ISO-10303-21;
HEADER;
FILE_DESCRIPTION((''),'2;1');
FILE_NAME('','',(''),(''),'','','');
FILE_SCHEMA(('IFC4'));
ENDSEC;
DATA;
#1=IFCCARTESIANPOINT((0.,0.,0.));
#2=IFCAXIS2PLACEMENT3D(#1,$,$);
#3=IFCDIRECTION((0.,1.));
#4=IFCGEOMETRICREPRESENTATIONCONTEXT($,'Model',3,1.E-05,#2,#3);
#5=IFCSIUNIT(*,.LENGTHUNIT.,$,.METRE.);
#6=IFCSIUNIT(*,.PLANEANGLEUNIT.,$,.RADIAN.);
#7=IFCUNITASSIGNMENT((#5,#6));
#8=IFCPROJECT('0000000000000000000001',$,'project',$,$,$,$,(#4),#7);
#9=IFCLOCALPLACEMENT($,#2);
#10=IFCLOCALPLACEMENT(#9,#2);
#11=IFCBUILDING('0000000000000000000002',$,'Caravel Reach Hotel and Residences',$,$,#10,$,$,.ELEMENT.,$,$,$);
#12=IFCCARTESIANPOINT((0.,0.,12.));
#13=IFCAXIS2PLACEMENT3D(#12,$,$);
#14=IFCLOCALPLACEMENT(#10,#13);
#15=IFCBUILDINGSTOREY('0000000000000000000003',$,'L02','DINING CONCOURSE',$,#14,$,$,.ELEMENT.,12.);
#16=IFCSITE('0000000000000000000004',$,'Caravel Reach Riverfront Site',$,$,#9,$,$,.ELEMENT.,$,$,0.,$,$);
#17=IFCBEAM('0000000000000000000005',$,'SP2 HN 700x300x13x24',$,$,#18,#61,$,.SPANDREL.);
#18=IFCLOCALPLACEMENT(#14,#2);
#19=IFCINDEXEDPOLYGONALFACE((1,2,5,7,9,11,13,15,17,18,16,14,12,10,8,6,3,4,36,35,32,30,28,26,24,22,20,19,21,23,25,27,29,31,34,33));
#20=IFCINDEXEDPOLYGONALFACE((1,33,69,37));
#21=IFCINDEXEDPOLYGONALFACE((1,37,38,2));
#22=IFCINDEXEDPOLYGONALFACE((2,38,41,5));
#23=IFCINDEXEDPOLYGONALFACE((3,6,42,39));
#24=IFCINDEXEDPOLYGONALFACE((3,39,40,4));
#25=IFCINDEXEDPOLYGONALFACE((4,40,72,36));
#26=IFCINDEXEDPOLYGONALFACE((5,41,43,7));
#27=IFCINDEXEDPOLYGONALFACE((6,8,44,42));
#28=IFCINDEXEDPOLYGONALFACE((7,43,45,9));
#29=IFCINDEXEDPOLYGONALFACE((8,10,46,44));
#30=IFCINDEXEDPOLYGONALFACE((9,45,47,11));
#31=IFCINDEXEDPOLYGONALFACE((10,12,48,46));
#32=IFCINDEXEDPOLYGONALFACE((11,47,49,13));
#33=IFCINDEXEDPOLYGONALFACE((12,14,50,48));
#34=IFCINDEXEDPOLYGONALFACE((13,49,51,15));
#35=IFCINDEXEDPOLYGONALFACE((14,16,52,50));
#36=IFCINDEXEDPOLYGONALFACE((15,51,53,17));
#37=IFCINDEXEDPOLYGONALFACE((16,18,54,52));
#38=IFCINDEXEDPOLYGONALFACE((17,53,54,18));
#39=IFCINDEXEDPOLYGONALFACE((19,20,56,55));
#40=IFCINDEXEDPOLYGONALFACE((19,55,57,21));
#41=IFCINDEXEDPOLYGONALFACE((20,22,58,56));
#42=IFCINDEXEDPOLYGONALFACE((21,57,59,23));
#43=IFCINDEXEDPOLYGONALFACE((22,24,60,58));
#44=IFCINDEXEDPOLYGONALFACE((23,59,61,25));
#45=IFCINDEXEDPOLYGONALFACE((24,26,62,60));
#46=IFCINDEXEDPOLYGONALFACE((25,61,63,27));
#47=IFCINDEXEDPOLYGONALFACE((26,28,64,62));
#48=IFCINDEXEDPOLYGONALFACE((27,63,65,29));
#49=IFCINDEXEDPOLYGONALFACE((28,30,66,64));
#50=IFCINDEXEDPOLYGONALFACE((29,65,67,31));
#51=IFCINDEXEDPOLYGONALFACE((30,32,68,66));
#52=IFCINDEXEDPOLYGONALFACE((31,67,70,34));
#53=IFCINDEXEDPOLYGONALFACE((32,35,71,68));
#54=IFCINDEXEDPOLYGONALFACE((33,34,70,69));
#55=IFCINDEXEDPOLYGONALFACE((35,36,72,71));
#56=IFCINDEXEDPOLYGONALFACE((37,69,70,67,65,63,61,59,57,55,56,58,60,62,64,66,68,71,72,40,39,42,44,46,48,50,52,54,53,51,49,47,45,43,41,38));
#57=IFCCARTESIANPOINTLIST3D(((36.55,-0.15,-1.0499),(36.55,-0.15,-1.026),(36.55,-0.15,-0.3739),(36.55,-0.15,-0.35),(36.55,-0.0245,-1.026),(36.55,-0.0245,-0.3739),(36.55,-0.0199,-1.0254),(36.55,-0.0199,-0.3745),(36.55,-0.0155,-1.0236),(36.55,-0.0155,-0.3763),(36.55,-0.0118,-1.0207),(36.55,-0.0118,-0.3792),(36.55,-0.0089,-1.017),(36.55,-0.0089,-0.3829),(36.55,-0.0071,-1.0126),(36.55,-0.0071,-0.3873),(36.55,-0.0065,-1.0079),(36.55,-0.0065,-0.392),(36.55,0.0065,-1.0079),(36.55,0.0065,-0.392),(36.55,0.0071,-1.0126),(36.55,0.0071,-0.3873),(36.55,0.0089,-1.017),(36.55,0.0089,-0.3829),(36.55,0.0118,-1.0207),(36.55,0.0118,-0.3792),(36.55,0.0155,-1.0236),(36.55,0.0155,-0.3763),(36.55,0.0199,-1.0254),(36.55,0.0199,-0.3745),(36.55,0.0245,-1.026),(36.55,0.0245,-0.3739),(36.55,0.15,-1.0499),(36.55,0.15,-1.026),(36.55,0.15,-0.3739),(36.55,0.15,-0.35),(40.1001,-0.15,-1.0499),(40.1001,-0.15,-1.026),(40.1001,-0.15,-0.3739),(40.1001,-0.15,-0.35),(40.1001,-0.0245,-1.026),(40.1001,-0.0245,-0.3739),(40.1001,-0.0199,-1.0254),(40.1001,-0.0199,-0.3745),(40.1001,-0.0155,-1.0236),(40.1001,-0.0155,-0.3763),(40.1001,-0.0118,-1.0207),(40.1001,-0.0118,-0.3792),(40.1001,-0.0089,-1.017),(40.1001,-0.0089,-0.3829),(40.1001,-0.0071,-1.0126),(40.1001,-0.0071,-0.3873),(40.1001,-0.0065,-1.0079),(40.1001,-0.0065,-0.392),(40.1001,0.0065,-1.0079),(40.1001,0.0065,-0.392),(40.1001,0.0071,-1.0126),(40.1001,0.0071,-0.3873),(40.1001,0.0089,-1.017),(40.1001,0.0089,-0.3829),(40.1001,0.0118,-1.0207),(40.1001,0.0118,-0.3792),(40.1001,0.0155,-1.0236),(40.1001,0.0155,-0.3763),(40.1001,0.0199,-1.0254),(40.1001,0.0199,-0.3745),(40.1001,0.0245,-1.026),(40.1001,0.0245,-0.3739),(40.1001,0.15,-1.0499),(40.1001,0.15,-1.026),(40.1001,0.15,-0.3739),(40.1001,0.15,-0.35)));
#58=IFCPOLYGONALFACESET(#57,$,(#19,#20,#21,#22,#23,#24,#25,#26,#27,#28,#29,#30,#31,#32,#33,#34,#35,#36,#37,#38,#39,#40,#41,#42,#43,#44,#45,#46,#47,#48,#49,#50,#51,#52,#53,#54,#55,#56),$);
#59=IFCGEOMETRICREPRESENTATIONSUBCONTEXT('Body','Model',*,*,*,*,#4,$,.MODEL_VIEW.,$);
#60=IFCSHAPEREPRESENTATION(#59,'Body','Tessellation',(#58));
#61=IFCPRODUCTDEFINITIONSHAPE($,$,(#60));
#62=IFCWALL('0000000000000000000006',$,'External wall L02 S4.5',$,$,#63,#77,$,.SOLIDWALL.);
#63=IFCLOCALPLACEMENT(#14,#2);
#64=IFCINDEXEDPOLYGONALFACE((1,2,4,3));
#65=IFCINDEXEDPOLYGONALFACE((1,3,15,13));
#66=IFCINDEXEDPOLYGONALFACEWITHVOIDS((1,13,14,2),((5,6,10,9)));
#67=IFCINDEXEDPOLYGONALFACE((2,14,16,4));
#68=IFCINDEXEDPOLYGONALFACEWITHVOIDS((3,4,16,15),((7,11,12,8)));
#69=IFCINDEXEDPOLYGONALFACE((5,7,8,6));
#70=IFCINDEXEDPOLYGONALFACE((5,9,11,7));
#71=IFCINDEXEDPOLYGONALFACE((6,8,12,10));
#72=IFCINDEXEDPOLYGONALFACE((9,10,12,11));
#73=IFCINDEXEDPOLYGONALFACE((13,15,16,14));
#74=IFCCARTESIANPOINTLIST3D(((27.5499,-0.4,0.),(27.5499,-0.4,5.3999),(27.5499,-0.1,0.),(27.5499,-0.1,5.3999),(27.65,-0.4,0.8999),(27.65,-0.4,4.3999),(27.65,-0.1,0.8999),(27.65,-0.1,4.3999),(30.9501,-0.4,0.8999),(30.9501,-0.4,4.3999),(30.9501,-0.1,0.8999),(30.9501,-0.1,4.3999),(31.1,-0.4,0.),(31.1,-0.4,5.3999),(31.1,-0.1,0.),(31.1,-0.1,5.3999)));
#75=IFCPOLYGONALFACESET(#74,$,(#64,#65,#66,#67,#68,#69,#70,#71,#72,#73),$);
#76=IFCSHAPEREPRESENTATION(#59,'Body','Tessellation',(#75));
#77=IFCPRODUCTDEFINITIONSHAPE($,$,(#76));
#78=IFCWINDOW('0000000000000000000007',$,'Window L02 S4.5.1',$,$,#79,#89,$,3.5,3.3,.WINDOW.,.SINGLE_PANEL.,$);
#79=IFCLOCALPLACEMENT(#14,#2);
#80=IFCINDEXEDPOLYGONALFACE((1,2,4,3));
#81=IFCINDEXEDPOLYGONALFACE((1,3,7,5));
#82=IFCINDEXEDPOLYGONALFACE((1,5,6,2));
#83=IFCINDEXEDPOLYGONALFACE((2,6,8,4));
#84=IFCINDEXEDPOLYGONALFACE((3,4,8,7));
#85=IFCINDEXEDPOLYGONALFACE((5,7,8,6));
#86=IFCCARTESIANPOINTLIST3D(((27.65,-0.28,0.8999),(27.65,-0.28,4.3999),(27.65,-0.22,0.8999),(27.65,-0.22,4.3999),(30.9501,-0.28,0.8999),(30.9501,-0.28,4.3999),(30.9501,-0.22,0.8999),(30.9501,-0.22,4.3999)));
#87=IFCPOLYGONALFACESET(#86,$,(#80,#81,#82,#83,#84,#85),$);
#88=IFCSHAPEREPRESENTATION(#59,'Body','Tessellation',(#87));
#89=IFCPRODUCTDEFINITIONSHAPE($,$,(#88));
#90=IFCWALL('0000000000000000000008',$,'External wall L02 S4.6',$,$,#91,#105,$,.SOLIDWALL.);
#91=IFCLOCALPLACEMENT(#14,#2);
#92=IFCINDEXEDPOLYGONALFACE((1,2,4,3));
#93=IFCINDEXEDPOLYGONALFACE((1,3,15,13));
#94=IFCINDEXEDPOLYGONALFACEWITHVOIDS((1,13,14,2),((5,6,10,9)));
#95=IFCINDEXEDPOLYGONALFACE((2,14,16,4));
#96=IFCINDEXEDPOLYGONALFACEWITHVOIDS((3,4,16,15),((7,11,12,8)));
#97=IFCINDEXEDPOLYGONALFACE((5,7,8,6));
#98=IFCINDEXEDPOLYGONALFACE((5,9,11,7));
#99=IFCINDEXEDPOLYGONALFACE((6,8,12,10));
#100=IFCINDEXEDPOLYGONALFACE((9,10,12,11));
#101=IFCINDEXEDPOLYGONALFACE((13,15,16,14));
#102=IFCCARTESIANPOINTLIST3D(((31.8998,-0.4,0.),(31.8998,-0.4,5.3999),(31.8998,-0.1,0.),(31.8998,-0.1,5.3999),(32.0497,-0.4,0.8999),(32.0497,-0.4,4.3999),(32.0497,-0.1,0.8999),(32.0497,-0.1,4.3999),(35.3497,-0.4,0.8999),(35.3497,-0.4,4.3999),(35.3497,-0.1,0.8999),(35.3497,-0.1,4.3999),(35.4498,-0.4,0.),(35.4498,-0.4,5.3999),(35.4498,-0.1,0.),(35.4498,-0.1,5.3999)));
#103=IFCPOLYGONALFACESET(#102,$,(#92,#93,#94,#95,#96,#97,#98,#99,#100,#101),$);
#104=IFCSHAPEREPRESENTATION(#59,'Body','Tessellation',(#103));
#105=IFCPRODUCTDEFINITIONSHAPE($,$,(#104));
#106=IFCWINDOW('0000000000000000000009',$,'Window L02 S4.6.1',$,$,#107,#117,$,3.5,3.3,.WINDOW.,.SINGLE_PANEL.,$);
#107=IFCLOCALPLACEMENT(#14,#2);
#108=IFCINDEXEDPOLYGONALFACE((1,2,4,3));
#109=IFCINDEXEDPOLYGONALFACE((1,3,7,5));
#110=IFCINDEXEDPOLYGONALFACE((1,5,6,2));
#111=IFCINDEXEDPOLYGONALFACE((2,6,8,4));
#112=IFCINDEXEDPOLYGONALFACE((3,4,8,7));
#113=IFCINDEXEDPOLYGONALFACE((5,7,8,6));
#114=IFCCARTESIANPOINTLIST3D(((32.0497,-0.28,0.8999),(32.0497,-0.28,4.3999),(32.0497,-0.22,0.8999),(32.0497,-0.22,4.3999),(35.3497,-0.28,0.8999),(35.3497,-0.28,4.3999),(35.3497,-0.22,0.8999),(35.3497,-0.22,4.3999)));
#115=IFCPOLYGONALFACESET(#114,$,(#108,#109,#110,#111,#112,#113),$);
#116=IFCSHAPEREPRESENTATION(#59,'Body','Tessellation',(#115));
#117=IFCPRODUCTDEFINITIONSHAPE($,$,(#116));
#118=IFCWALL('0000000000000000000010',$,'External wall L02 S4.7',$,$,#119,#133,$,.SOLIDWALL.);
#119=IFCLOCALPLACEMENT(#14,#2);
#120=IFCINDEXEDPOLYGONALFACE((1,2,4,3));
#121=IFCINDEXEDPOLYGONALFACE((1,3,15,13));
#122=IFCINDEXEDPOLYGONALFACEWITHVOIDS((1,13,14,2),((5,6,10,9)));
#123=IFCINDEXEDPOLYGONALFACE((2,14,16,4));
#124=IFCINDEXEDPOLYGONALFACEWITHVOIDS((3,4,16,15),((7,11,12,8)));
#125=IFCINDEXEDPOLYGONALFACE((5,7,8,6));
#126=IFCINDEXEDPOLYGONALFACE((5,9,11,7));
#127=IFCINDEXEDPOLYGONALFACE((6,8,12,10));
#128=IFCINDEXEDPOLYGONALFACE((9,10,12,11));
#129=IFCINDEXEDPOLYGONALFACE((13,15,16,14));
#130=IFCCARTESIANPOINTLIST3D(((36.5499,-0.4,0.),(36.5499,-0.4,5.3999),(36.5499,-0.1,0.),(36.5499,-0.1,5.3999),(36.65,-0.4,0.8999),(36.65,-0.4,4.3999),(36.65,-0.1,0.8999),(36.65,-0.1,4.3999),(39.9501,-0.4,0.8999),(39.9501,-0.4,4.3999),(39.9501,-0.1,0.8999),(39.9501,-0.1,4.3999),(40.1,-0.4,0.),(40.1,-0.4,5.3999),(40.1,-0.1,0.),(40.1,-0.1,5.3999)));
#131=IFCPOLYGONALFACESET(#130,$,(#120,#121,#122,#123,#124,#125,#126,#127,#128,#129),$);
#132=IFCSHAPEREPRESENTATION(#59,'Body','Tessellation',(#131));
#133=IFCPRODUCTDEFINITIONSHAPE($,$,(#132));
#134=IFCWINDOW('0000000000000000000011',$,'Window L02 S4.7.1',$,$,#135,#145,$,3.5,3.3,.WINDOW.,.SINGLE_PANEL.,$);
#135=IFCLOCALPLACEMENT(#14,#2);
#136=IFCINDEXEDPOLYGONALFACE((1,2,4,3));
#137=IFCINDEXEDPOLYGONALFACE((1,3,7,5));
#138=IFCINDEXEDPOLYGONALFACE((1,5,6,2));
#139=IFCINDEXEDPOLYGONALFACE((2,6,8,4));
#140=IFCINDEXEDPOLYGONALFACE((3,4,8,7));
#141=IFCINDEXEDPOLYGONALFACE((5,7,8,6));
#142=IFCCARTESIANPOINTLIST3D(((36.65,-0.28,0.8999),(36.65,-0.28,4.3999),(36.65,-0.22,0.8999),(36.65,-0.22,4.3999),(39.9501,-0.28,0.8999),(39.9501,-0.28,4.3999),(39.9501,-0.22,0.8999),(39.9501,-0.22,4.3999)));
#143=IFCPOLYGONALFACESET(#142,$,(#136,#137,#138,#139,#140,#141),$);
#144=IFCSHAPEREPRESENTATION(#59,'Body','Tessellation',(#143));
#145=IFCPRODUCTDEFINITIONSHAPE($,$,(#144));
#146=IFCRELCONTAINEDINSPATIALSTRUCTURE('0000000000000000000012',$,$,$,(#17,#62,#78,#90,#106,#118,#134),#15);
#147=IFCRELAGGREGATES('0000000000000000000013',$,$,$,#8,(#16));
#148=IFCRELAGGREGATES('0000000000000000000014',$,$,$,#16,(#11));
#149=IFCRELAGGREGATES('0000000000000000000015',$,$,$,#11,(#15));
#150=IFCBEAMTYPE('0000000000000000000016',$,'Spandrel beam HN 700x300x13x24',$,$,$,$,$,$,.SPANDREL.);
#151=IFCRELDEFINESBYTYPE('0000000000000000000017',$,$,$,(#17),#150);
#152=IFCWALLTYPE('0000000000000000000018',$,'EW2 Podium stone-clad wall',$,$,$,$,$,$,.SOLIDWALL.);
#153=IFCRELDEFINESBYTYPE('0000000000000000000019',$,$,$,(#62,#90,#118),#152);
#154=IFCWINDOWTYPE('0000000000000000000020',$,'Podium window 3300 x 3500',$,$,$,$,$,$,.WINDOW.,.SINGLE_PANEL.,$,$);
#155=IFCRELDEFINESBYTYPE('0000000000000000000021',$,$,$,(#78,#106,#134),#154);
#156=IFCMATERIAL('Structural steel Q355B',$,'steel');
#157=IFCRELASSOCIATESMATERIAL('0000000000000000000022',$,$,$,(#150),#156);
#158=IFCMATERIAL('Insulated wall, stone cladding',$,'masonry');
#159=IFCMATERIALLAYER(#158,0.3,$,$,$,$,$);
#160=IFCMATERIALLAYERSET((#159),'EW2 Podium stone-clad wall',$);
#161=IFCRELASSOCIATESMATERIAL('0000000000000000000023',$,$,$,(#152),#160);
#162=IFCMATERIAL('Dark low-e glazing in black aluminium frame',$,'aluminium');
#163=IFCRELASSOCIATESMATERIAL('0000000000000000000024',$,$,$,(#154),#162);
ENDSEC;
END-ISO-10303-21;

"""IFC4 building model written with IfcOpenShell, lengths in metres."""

from ifc_helpers import new_model, si_unit, direction, frame, frame_2d, origin, origin_2d, place, context, subcontext, project, spatial, rectangle, i_section, extrude, material, layer, layer_set, material_profile, profile_set, type_object, element, fill, save


model = new_model("IFC4")

# Units and contexts
model_context = context("Model", 3, precision=1e-05, world=origin(), true_north=direction((0.0, 1.0)))
body_context = subcontext(model_context, "Body", "Model", "MODEL_VIEW")
ifc_project = project(units=[si_unit("LENGTHUNIT", "METRE"), si_unit("PLANEANGLEUNIT", "RADIAN")], contexts=[model_context])

# Site, building, storey
site_placement = place(None, origin())
site = spatial("IfcSite", under=ifc_project, at=site_placement, Name="Caravel Reach Riverfront Site", CompositionType="ELEMENT", RefElevation=0.0)
building_placement = place(site_placement, origin())
building = spatial("IfcBuilding", under=site, at=building_placement, Name="Caravel Reach Hotel and Residences", CompositionType="ELEMENT")
storey_placement = place(building_placement, frame((0.0, 0.0, 12.0)))
storey = spatial("IfcBuildingStorey", under=building, at=storey_placement, Name="L02", Description="DINING CONCOURSE", CompositionType="ELEMENT", Elevation=12.0)

# Beam
ifc_material_1 = material(Name="Structural steel Q355B", Category="steel")
ifc_material_profile_1 = material_profile(ifc_material_1, i_section(OverallWidth=0.3, OverallDepth=0.7, WebThickness=0.0129, FlangeThickness=0.0239, FilletRadius=0.0181, at=origin_2d()), Name="HN 700x300x13x24")
ifc_profile_set_1 = profile_set([ifc_material_profile_1], Name="Structural steel Q355B")
beam_type = type_object("IfcBeamType", Name="Spandrel beam HN 700x300x13x24", PredefinedType="SPANDREL", material=ifc_profile_set_1)
for number, where, z_axis, x_axis, name in (
    (1, (36.55, 0.0, -0.7), (1.0, 0.0, 0.0), (0.0, 1.0, 0.0), "SP2 HN 700x300x13x24"),
):
    element("IfcBeam", number, at=place(storey_placement, frame(where, z_axis=z_axis, x_axis=x_axis)), inside=storey, type_object=beam_type, Name=name, PredefinedType="SPANDREL", context=body_context, shape_type="SweptSolid", body=[
        extrude(i_section(OverallWidth=0.3, OverallDepth=0.7, WebThickness=0.0129, FlangeThickness=0.0239, FilletRadius=0.0181, at=origin_2d()), origin(), (0.0, 0.0, 1.0), 3.55),
    ])

# Walls, openings, windows
ifc_material_2 = material(Name="Insulated wall, stone cladding", Category="masonry")
ifc_layer = layer(ifc_material_2, 0.3)
ifc_layer_set = layer_set([ifc_layer], Name="EW2 Podium stone-clad wall")
wall_type = type_object("IfcWallType", Name="EW2 Podium stone-clad wall", PredefinedType="SOLIDWALL", material=ifc_layer_set)
wall_1_placement = place(storey_placement, frame((27.55, -0.25, 0.0), z_axis=(0.0, 0.0, 1.0), x_axis=(1.0, 0.0, 0.0)))
wall_1 = element("IfcWall", 2, at=wall_1_placement, inside=storey, type_object=wall_type, Name="External wall L02 S4.5", PredefinedType="SOLIDWALL", context=body_context, shape_type="SweptSolid", body=[
    extrude(rectangle(XDim=3.55, YDim=0.3, at=frame_2d((1.7749, 0.0))), origin(), (0.0, 0.0, 1.0), 5.3999),
])
opening_1_placement = place(wall_1_placement, frame((0.1001, 0.0, 0.8999)))
opening_1 = element("IfcOpeningElement", 3, at=opening_1_placement, cuts=wall_1, PredefinedType="OPENING", context=body_context, shape_type="SweptSolid", body=[
    extrude(rectangle(XDim=3.3, YDim=3.5, at=frame_2d((1.6499, 1.75))), frame((0.0, 0.1599, 0.0), z_axis=(0.0, -1.0, 0.0), x_axis=(1.0, 0.0, 0.0)), (0.0, 0.0, 1.0), 0.3201),
])
ifc_material_3 = material(Name="Dark low-e glazing in black aluminium frame", Category="aluminium")
window_type = type_object("IfcWindowType", Name="Podium window 3300 x 3500", PartitioningType="SINGLE_PANEL", PredefinedType="WINDOW", material=ifc_material_3)
window_1_placement = place(opening_1_placement, origin())
window_1 = element("IfcWindow", 4, at=window_1_placement, inside=storey, type_object=window_type, Name="Window L02 S4.5.1", OverallHeight=3.5, OverallWidth=3.3, PartitioningType="SINGLE_PANEL", PredefinedType="WINDOW", context=body_context, shape_type="SweptSolid", body=[
    extrude(rectangle(XDim=3.3, YDim=3.5, at=frame_2d((1.6499, 1.75))), frame((0.0, 0.03, 0.0), z_axis=(0.0, -1.0, 0.0), x_axis=(1.0, 0.0, 0.0)), (0.0, 0.0, 1.0), 0.0601),
])
fill(opening_1, window_1)
wall_2_placement = place(storey_placement, frame((31.8999, -0.25, 0.0), z_axis=(0.0, 0.0, 1.0), x_axis=(1.0, 0.0, 0.0)))
wall_2 = element("IfcWall", 5, at=wall_2_placement, inside=storey, type_object=wall_type, Name="External wall L02 S4.6", PredefinedType="SOLIDWALL", context=body_context, shape_type="SweptSolid", body=[
    extrude(rectangle(XDim=3.55, YDim=0.3, at=frame_2d((1.7749, 0.0))), origin(), (0.0, 0.0, 1.0), 5.3999),
])
opening_2_placement = place(wall_2_placement, frame((0.1499, 0.0, 0.8999)))
opening_2 = element("IfcOpeningElement", 6, at=opening_2_placement, cuts=wall_2, PredefinedType="OPENING", context=body_context, shape_type="SweptSolid", body=[
    extrude(rectangle(XDim=3.3, YDim=3.5, at=frame_2d((1.6499, 1.75))), frame((0.0, 0.1599, 0.0), z_axis=(0.0, -1.0, 0.0), x_axis=(1.0, 0.0, 0.0)), (0.0, 0.0, 1.0), 0.3201),
])
window_2_placement = place(opening_2_placement, origin())
window_2 = element("IfcWindow", 7, at=window_2_placement, inside=storey, type_object=window_type, Name="Window L02 S4.6.1", OverallHeight=3.5, OverallWidth=3.3, PartitioningType="SINGLE_PANEL", PredefinedType="WINDOW", context=body_context, shape_type="SweptSolid", body=[
    extrude(rectangle(XDim=3.3, YDim=3.5, at=frame_2d((1.6499, 1.75))), frame((0.0, 0.03, 0.0), z_axis=(0.0, -1.0, 0.0), x_axis=(1.0, 0.0, 0.0)), (0.0, 0.0, 1.0), 0.0601),
])
fill(opening_2, window_2)
wall_3_placement = place(storey_placement, frame((36.55, -0.25, 0.0), z_axis=(0.0, 0.0, 1.0), x_axis=(1.0, 0.0, 0.0)))
wall_3 = element("IfcWall", 8, at=wall_3_placement, inside=storey, type_object=wall_type, Name="External wall L02 S4.7", PredefinedType="SOLIDWALL", context=body_context, shape_type="SweptSolid", body=[
    extrude(rectangle(XDim=3.55, YDim=0.3, at=frame_2d((1.7749, 0.0))), origin(), (0.0, 0.0, 1.0), 5.3999),
])
opening_3_placement = place(wall_3_placement, frame((0.1001, 0.0, 0.8999)))
opening_3 = element("IfcOpeningElement", 9, at=opening_3_placement, cuts=wall_3, PredefinedType="OPENING", context=body_context, shape_type="SweptSolid", body=[
    extrude(rectangle(XDim=3.3, YDim=3.5, at=frame_2d((1.6499, 1.75))), frame((0.0, 0.1599, 0.0), z_axis=(0.0, -1.0, 0.0), x_axis=(1.0, 0.0, 0.0)), (0.0, 0.0, 1.0), 0.3201),
])
window_3_placement = place(opening_3_placement, origin())
window_3 = element("IfcWindow", 10, at=window_3_placement, inside=storey, type_object=window_type, Name="Window L02 S4.7.1", OverallHeight=3.5, OverallWidth=3.3, PartitioningType="SINGLE_PANEL", PredefinedType="WINDOW", context=body_context, shape_type="SweptSolid", body=[
    extrude(rectangle(XDim=3.3, YDim=3.5, at=frame_2d((1.6499, 1.75))), frame((0.0, 0.03, 0.0), z_axis=(0.0, -1.0, 0.0), x_axis=(1.0, 0.0, 0.0)), (0.0, 0.0, 1.0), 0.0601),
])
fill(opening_3, window_3)

save(model, "model.ifc")
